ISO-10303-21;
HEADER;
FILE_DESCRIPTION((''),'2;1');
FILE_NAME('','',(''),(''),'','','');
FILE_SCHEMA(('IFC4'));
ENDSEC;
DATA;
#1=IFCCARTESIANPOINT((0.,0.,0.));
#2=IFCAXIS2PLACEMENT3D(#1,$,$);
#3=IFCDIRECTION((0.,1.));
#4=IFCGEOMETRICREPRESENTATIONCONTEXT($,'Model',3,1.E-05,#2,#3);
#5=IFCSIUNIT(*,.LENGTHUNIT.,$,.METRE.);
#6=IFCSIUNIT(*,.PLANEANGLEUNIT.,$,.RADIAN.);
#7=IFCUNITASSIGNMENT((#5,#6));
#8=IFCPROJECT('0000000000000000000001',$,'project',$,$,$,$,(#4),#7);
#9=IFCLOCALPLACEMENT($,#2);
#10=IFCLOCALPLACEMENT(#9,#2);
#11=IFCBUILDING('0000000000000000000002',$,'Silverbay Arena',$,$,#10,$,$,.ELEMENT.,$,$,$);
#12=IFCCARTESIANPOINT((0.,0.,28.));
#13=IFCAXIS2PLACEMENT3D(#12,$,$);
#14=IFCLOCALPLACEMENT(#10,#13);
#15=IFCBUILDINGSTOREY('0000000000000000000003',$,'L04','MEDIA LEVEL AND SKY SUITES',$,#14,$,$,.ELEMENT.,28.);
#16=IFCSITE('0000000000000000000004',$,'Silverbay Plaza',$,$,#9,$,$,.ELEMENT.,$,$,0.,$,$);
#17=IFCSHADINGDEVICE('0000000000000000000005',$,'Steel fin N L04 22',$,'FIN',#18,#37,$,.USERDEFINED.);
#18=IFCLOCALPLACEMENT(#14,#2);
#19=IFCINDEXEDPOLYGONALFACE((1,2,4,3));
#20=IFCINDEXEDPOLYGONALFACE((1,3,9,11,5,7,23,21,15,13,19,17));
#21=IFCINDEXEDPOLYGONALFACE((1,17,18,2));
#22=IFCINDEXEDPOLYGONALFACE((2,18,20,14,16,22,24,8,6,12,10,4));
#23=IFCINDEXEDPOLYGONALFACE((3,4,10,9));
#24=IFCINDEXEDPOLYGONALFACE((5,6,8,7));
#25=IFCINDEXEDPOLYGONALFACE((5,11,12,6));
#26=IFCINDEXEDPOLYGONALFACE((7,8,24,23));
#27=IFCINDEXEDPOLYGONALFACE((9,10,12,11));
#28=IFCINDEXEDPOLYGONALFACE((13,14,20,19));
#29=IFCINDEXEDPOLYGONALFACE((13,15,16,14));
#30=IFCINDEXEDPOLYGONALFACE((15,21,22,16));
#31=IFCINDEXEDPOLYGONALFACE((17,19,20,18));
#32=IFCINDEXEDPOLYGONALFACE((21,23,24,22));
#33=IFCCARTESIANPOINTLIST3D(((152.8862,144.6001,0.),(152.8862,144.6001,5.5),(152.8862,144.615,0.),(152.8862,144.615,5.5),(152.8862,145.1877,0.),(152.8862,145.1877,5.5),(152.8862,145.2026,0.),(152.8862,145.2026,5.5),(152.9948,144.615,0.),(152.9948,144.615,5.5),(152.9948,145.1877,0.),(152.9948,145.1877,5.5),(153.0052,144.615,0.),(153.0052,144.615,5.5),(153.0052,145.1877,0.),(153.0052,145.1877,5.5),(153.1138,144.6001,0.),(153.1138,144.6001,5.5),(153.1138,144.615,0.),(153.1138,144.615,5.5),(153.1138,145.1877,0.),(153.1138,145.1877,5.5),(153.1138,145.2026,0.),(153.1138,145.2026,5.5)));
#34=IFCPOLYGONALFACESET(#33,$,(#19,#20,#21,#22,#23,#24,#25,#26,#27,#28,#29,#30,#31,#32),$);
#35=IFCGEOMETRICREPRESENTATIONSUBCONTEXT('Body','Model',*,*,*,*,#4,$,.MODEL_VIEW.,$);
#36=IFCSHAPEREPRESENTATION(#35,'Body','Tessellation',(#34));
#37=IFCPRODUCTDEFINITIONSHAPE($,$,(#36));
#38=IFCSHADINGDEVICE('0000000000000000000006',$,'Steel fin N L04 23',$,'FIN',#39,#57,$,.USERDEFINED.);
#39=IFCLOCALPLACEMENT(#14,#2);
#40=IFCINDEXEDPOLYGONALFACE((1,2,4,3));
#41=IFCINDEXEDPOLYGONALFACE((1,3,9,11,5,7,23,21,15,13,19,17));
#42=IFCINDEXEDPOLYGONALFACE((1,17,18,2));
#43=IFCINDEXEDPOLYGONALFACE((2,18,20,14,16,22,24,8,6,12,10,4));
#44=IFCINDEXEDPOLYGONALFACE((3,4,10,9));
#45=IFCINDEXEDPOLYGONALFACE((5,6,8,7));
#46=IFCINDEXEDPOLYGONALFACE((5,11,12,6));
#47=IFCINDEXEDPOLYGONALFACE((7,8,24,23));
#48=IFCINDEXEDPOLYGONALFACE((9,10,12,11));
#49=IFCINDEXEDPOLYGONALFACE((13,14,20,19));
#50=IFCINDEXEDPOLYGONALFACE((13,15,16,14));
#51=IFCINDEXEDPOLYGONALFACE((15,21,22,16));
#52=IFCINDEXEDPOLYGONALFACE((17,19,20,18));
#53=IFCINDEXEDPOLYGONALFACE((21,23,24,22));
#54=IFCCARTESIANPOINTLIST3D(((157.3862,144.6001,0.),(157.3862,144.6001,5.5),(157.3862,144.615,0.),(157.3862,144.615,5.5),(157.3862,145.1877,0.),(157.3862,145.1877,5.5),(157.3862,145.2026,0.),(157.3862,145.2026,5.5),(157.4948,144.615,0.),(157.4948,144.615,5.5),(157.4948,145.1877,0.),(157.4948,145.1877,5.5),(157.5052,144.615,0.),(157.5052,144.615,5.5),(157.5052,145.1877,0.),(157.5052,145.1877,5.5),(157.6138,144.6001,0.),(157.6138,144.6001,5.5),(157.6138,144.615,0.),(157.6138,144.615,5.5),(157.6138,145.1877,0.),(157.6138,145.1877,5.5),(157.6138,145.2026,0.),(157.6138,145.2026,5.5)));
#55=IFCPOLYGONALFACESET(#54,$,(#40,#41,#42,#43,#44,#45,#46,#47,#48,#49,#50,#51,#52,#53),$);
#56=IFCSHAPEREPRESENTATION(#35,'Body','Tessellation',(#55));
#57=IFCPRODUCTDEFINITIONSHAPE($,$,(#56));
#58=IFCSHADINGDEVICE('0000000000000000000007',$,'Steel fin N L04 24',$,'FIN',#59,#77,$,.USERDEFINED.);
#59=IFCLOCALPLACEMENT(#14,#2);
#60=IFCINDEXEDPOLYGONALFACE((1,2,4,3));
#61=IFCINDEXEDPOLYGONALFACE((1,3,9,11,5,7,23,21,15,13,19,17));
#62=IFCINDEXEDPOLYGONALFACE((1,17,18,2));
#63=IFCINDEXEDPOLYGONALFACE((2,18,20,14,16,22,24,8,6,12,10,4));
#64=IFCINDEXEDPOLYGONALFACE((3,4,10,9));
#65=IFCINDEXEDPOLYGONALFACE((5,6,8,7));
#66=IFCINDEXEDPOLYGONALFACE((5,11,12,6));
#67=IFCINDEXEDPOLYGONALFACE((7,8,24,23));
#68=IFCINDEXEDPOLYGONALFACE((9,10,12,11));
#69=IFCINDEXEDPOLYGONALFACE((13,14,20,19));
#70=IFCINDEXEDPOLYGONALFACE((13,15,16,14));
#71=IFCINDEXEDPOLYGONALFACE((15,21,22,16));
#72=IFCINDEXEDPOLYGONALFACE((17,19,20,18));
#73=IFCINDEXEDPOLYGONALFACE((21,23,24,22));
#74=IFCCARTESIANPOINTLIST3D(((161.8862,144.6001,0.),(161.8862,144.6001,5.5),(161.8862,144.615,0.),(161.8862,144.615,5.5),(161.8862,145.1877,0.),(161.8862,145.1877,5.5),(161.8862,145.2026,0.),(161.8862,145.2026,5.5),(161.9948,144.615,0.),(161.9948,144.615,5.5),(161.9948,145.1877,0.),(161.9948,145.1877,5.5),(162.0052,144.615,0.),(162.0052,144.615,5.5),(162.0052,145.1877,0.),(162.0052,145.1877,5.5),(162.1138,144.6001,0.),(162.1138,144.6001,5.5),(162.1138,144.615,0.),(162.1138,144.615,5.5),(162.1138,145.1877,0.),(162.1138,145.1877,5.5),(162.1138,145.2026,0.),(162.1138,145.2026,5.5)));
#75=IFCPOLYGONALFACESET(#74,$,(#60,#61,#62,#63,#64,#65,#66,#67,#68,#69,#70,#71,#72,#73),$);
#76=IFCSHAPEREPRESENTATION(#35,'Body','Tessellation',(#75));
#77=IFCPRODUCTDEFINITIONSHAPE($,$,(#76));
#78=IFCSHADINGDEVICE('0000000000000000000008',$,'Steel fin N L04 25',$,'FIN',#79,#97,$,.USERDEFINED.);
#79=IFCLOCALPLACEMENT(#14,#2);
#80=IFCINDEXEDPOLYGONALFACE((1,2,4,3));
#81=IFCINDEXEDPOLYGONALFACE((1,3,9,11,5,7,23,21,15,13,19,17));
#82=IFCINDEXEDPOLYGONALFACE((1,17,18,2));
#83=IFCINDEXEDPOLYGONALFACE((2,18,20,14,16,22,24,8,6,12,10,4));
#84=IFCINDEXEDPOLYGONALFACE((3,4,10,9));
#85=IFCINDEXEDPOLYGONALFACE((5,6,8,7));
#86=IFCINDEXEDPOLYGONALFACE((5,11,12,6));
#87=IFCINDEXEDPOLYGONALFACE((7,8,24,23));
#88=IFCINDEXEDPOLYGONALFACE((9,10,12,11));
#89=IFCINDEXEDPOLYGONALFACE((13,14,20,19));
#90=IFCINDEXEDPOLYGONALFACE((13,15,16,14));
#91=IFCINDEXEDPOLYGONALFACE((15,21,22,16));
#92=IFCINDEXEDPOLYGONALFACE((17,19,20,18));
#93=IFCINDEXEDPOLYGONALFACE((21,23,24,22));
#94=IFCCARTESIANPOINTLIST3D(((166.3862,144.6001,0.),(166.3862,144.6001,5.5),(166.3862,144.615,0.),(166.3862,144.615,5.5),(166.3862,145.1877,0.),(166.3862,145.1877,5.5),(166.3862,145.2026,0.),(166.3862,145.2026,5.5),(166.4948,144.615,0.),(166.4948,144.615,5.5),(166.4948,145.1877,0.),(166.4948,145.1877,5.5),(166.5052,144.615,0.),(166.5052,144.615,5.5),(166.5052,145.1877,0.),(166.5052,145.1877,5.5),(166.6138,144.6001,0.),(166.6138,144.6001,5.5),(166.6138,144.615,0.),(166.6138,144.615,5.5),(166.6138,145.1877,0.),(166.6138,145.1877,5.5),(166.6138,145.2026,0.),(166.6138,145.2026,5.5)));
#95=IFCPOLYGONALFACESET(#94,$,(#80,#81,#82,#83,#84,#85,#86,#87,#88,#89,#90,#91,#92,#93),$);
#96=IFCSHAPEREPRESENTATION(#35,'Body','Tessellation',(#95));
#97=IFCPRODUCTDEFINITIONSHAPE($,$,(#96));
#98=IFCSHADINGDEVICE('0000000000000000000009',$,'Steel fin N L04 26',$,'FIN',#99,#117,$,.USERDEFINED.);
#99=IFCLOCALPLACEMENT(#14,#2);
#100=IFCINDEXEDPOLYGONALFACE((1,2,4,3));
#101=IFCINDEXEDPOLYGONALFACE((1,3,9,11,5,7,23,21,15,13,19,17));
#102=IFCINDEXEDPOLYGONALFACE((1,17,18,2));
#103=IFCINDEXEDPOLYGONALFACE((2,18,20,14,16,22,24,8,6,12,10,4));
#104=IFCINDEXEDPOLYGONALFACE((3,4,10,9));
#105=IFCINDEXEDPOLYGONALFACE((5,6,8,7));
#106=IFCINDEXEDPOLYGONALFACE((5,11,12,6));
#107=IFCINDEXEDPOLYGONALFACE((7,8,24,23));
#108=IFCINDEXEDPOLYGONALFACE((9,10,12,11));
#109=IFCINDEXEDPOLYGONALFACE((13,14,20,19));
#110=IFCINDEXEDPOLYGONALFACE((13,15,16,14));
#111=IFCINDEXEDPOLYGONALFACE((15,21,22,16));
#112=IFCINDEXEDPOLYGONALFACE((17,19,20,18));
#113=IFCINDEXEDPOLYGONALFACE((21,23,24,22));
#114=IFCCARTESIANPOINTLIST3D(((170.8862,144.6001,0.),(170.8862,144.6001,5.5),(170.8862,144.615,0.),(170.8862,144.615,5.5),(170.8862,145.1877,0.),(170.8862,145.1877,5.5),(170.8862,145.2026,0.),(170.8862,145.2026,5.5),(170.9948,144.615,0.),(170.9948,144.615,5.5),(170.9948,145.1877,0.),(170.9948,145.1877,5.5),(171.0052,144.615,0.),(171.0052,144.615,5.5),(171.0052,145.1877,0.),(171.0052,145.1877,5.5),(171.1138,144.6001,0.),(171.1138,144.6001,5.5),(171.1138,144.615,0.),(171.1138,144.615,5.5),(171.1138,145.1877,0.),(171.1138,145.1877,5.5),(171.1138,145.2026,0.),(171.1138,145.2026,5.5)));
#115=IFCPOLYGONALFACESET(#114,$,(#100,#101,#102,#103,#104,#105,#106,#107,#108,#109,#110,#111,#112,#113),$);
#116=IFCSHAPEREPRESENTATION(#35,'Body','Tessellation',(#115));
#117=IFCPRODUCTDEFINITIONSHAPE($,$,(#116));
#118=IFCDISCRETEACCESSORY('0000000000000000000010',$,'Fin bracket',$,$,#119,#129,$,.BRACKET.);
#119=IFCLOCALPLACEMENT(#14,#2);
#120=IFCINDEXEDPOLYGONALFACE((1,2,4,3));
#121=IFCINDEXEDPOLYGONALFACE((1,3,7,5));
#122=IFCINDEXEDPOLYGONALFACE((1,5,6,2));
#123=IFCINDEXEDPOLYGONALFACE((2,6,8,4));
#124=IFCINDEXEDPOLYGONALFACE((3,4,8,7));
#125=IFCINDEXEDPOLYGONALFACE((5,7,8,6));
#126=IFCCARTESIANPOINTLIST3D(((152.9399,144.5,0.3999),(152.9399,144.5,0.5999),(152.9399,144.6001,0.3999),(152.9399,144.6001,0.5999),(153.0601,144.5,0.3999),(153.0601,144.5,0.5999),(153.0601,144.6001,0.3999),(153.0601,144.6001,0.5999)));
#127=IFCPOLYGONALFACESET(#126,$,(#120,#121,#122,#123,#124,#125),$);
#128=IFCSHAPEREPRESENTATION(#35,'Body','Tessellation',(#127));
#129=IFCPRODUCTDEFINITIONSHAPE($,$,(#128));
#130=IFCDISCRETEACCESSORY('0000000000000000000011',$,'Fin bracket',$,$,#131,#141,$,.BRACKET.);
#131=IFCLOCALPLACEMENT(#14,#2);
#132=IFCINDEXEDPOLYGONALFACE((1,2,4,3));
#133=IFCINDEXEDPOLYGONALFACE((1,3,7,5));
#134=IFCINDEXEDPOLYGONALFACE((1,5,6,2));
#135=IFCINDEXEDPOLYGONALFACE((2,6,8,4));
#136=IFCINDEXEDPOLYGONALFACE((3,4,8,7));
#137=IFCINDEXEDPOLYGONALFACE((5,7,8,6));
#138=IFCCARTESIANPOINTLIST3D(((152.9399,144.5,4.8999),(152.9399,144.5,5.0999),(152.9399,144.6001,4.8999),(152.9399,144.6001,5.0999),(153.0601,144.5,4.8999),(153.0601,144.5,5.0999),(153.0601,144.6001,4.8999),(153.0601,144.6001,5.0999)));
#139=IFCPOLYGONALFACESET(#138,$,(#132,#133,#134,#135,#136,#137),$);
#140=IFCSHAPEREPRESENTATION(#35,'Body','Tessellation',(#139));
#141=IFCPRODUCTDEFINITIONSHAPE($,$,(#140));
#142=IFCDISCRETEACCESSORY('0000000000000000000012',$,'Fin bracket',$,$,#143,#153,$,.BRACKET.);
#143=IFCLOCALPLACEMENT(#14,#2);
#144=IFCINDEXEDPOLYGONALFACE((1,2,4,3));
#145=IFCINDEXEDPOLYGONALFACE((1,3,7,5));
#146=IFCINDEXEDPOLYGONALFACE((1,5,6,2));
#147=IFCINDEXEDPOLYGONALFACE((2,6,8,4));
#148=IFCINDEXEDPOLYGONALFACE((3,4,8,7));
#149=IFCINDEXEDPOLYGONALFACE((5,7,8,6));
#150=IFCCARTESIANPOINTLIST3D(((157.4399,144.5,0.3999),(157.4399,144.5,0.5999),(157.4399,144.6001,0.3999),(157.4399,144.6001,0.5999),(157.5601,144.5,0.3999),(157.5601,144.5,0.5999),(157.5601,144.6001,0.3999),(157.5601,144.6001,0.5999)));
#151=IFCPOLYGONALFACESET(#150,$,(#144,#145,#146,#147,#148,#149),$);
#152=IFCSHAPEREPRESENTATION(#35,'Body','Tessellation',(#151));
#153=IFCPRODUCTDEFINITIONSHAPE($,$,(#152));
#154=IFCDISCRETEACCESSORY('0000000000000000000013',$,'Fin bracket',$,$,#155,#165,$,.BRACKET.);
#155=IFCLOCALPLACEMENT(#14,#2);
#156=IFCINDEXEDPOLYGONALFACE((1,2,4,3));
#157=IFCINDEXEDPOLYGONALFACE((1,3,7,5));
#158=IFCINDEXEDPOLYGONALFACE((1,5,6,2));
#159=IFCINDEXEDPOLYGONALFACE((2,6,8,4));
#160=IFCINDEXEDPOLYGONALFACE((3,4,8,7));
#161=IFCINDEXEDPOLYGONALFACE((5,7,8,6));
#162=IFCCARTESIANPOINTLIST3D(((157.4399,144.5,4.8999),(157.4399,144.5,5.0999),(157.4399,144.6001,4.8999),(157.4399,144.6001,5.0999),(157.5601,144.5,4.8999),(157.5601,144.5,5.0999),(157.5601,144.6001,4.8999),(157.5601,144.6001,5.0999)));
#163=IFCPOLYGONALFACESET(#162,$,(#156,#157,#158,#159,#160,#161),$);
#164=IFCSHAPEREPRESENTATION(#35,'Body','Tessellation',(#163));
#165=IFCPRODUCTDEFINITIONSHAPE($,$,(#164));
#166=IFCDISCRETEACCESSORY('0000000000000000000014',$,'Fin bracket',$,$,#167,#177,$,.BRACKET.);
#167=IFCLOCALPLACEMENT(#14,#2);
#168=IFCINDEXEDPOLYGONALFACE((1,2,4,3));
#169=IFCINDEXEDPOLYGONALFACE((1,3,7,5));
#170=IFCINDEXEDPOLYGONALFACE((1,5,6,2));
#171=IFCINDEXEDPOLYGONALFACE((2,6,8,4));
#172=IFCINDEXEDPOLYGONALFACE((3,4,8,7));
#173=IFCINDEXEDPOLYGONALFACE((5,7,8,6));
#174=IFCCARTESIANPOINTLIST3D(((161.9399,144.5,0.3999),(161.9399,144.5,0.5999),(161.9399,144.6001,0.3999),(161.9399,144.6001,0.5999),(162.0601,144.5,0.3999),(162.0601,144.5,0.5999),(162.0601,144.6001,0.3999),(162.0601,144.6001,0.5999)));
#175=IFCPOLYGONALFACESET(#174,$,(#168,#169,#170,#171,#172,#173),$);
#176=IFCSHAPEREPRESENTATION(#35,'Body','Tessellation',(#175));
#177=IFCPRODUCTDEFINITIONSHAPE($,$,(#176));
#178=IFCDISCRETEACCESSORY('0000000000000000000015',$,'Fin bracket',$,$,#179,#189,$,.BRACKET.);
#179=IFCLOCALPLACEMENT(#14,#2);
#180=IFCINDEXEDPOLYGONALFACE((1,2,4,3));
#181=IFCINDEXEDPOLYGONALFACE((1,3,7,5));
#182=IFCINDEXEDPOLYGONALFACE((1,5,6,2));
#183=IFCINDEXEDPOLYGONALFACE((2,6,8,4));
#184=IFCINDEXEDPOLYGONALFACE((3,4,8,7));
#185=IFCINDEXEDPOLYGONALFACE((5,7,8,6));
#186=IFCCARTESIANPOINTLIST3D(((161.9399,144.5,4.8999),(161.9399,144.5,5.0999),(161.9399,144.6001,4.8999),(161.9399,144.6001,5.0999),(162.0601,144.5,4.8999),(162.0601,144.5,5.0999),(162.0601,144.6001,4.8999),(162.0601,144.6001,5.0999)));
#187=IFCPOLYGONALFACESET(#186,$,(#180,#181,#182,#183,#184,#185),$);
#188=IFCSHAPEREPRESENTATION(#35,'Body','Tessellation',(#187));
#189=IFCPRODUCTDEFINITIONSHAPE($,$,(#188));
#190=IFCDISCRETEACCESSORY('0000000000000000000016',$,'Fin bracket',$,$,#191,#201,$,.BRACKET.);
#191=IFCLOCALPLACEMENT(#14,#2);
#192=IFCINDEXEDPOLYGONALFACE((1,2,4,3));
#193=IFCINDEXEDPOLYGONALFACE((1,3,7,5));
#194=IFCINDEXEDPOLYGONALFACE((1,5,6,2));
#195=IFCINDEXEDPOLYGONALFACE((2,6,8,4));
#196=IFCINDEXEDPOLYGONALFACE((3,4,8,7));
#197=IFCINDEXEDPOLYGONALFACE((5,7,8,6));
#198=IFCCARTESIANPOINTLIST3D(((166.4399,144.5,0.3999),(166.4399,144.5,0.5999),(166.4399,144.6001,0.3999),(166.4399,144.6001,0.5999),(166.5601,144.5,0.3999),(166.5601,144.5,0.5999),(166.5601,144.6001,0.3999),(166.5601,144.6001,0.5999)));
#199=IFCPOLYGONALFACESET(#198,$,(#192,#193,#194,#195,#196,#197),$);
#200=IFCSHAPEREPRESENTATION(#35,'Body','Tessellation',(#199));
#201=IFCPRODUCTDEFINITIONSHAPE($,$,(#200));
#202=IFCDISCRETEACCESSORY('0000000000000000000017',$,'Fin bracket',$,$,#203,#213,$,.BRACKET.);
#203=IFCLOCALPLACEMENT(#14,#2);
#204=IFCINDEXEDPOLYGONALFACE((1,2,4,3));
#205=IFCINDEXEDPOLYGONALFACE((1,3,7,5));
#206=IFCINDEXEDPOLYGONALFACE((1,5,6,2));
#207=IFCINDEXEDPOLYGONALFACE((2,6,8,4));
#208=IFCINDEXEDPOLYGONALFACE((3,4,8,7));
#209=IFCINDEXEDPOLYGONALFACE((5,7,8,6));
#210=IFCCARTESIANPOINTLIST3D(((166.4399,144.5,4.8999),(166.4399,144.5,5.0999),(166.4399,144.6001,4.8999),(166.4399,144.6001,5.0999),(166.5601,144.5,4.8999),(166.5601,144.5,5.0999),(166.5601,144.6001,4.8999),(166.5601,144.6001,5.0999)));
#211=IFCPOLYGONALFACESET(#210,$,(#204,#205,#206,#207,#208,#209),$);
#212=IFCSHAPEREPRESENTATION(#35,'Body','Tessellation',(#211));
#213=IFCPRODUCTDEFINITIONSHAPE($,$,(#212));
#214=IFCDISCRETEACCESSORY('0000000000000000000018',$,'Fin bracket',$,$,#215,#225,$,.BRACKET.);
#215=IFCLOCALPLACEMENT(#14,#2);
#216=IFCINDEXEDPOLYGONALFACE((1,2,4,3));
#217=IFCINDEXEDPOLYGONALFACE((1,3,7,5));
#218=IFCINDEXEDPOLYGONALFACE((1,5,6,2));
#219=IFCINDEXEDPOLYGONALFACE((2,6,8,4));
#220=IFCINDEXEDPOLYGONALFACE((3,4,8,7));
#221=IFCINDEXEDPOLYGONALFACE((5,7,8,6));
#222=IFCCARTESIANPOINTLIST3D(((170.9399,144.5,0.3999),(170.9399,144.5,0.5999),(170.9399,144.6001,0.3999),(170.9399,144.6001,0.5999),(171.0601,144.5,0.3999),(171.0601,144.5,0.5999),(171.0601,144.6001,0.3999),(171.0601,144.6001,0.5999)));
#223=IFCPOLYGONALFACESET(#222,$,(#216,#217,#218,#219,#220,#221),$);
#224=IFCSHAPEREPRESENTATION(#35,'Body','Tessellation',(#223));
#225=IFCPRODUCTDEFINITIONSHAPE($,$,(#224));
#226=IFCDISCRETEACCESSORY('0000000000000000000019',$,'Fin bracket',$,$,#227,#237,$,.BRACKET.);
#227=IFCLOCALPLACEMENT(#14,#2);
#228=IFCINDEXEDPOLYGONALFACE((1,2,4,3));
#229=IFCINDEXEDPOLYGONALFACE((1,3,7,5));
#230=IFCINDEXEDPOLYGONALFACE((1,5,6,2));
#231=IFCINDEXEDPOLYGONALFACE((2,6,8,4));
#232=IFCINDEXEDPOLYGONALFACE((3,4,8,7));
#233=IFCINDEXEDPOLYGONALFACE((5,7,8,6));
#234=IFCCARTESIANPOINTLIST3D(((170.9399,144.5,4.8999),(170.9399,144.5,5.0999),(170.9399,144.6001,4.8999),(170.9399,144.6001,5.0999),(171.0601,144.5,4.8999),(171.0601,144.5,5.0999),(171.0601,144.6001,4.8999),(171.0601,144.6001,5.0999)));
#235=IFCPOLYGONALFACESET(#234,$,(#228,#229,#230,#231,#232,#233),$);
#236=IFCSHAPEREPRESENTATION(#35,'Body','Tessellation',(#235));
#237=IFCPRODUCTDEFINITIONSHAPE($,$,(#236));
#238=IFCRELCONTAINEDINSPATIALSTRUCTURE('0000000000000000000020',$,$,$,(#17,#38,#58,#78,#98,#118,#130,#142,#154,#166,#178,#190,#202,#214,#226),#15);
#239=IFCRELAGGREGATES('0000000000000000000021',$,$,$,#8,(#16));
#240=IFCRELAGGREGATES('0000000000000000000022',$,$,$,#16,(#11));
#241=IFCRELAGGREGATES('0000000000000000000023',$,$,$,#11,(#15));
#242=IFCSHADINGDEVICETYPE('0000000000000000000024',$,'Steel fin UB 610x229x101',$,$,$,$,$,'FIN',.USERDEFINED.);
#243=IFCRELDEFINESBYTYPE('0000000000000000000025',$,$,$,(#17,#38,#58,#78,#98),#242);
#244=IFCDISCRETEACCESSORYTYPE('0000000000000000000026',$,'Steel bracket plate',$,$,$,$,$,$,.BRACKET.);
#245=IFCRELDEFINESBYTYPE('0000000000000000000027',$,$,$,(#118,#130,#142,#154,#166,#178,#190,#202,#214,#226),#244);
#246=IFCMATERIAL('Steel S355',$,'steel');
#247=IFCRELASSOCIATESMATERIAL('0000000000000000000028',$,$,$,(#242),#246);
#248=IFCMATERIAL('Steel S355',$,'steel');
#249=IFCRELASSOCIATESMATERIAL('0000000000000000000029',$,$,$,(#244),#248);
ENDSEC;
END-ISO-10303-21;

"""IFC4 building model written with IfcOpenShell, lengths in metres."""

from ifc_helpers import new_model, si_unit, direction, frame, origin, origin_2d, place, context, subcontext, project, spatial, rectangle, i_section, extrude, material, material_profile, profile_set, type_object, element, save


model = new_model("IFC4")

# Units and contexts
model_context = context("Model", 3, precision=1e-05, world=origin(), true_north=direction((0.0, 1.0)))
body_context = subcontext(model_context, "Body", "Model", "MODEL_VIEW")
ifc_project = project(units=[si_unit("LENGTHUNIT", "METRE"), si_unit("PLANEANGLEUNIT", "RADIAN")], contexts=[model_context])

# Site, building, storey
site_placement = place(None, origin())
site = spatial("IfcSite", under=ifc_project, at=site_placement, Name="Silverbay Plaza", CompositionType="ELEMENT", RefElevation=0.0)
building_placement = place(site_placement, origin())
building = spatial("IfcBuilding", under=site, at=building_placement, Name="Silverbay Arena", CompositionType="ELEMENT")
storey_placement = place(building_placement, frame((0.0, 0.0, 28.0)))
storey = spatial("IfcBuildingStorey", under=building, at=storey_placement, Name="L04", Description="MEDIA LEVEL AND SKY SUITES", CompositionType="ELEMENT", Elevation=28.0)

# Shading devices
ifc_material_1 = material(Name="Steel S355", Category="steel")
ifc_material_profile_1 = material_profile(ifc_material_1, i_section(OverallWidth=0.2275, OverallDepth=0.6025, WebThickness=0.0105, FlangeThickness=0.0149, at=origin_2d()), Name="UB 610x229x101")
ifc_profile_set_1 = profile_set([ifc_material_profile_1], Name="Steel S355")
shading_device_type = type_object("IfcShadingDeviceType", Name="Steel fin UB 610x229x101", ElementType="FIN", PredefinedType="USERDEFINED", material=ifc_profile_set_1)
for number, where, z_axis, x_axis, name in (
    (1, (153.0, 144.9014, 0.0), (0.0, 0.0, 1.0), (1.0, 0.0, 0.0), "Steel fin N L04 22"),
    (2, (157.5, 144.9014, 0.0), (0.0, 0.0, 1.0), (1.0, 0.0, 0.0), "Steel fin N L04 23"),
    (3, (162.0, 144.9014, 0.0), (0.0, 0.0, 1.0), (1.0, 0.0, 0.0), "Steel fin N L04 24"),
    (4, (166.5, 144.9014, 0.0), (0.0, 0.0, 1.0), (1.0, 0.0, 0.0), "Steel fin N L04 25"),
    (5, (171.0, 144.9014, 0.0), (0.0, 0.0, 1.0), (1.0, 0.0, 0.0), "Steel fin N L04 26"),
):
    element("IfcShadingDevice", number, at=place(storey_placement, frame(where, z_axis=z_axis, x_axis=x_axis)), inside=storey, type_object=shading_device_type, Name=name, ObjectType="FIN", PredefinedType="USERDEFINED", context=body_context, shape_type="SweptSolid", body=[
        extrude(i_section(OverallWidth=0.2275, OverallDepth=0.6025, WebThickness=0.0105, FlangeThickness=0.0149, at=origin_2d()), origin(), (0.0, 0.0, 1.0), 5.5),
    ])

# Discrete accessories
ifc_material_2 = material(Name="Steel S355", Category="steel")
discrete_accessory_type = type_object("IfcDiscreteAccessoryType", Name="Steel bracket plate", PredefinedType="BRACKET", material=ifc_material_2)
for number, where, z_axis, x_axis, name in (
    (6, (153.0, 144.55, 0.3999), (0.0, 0.0, 1.0), (1.0, 0.0, 0.0), "Fin bracket"),
    (7, (153.0, 144.55, 4.8999), (0.0, 0.0, 1.0), (1.0, 0.0, 0.0), "Fin bracket"),
    (8, (157.5, 144.55, 0.3999), (0.0, 0.0, 1.0), (1.0, 0.0, 0.0), "Fin bracket"),
    (9, (157.5, 144.55, 4.8999), (0.0, 0.0, 1.0), (1.0, 0.0, 0.0), "Fin bracket"),
    (10, (162.0, 144.55, 0.3999), (0.0, 0.0, 1.0), (1.0, 0.0, 0.0), "Fin bracket"),
    (11, (162.0, 144.55, 4.8999), (0.0, 0.0, 1.0), (1.0, 0.0, 0.0), "Fin bracket"),
    (12, (166.5, 144.55, 0.3999), (0.0, 0.0, 1.0), (1.0, 0.0, 0.0), "Fin bracket"),
    (13, (166.5, 144.55, 4.8999), (0.0, 0.0, 1.0), (1.0, 0.0, 0.0), "Fin bracket"),
    (14, (171.0, 144.55, 0.3999), (0.0, 0.0, 1.0), (1.0, 0.0, 0.0), "Fin bracket"),
    (15, (171.0, 144.55, 4.8999), (0.0, 0.0, 1.0), (1.0, 0.0, 0.0), "Fin bracket"),
):
    element("IfcDiscreteAccessory", number, at=place(storey_placement, frame(where, z_axis=z_axis, x_axis=x_axis)), inside=storey, type_object=discrete_accessory_type, Name=name, PredefinedType="BRACKET", context=body_context, shape_type="SweptSolid", body=[
        extrude(rectangle(XDim=0.1201, YDim=0.1001, at=origin_2d()), origin(), (0.0, 0.0, 1.0), 0.2),
    ])

save(model, "model.ifc")
